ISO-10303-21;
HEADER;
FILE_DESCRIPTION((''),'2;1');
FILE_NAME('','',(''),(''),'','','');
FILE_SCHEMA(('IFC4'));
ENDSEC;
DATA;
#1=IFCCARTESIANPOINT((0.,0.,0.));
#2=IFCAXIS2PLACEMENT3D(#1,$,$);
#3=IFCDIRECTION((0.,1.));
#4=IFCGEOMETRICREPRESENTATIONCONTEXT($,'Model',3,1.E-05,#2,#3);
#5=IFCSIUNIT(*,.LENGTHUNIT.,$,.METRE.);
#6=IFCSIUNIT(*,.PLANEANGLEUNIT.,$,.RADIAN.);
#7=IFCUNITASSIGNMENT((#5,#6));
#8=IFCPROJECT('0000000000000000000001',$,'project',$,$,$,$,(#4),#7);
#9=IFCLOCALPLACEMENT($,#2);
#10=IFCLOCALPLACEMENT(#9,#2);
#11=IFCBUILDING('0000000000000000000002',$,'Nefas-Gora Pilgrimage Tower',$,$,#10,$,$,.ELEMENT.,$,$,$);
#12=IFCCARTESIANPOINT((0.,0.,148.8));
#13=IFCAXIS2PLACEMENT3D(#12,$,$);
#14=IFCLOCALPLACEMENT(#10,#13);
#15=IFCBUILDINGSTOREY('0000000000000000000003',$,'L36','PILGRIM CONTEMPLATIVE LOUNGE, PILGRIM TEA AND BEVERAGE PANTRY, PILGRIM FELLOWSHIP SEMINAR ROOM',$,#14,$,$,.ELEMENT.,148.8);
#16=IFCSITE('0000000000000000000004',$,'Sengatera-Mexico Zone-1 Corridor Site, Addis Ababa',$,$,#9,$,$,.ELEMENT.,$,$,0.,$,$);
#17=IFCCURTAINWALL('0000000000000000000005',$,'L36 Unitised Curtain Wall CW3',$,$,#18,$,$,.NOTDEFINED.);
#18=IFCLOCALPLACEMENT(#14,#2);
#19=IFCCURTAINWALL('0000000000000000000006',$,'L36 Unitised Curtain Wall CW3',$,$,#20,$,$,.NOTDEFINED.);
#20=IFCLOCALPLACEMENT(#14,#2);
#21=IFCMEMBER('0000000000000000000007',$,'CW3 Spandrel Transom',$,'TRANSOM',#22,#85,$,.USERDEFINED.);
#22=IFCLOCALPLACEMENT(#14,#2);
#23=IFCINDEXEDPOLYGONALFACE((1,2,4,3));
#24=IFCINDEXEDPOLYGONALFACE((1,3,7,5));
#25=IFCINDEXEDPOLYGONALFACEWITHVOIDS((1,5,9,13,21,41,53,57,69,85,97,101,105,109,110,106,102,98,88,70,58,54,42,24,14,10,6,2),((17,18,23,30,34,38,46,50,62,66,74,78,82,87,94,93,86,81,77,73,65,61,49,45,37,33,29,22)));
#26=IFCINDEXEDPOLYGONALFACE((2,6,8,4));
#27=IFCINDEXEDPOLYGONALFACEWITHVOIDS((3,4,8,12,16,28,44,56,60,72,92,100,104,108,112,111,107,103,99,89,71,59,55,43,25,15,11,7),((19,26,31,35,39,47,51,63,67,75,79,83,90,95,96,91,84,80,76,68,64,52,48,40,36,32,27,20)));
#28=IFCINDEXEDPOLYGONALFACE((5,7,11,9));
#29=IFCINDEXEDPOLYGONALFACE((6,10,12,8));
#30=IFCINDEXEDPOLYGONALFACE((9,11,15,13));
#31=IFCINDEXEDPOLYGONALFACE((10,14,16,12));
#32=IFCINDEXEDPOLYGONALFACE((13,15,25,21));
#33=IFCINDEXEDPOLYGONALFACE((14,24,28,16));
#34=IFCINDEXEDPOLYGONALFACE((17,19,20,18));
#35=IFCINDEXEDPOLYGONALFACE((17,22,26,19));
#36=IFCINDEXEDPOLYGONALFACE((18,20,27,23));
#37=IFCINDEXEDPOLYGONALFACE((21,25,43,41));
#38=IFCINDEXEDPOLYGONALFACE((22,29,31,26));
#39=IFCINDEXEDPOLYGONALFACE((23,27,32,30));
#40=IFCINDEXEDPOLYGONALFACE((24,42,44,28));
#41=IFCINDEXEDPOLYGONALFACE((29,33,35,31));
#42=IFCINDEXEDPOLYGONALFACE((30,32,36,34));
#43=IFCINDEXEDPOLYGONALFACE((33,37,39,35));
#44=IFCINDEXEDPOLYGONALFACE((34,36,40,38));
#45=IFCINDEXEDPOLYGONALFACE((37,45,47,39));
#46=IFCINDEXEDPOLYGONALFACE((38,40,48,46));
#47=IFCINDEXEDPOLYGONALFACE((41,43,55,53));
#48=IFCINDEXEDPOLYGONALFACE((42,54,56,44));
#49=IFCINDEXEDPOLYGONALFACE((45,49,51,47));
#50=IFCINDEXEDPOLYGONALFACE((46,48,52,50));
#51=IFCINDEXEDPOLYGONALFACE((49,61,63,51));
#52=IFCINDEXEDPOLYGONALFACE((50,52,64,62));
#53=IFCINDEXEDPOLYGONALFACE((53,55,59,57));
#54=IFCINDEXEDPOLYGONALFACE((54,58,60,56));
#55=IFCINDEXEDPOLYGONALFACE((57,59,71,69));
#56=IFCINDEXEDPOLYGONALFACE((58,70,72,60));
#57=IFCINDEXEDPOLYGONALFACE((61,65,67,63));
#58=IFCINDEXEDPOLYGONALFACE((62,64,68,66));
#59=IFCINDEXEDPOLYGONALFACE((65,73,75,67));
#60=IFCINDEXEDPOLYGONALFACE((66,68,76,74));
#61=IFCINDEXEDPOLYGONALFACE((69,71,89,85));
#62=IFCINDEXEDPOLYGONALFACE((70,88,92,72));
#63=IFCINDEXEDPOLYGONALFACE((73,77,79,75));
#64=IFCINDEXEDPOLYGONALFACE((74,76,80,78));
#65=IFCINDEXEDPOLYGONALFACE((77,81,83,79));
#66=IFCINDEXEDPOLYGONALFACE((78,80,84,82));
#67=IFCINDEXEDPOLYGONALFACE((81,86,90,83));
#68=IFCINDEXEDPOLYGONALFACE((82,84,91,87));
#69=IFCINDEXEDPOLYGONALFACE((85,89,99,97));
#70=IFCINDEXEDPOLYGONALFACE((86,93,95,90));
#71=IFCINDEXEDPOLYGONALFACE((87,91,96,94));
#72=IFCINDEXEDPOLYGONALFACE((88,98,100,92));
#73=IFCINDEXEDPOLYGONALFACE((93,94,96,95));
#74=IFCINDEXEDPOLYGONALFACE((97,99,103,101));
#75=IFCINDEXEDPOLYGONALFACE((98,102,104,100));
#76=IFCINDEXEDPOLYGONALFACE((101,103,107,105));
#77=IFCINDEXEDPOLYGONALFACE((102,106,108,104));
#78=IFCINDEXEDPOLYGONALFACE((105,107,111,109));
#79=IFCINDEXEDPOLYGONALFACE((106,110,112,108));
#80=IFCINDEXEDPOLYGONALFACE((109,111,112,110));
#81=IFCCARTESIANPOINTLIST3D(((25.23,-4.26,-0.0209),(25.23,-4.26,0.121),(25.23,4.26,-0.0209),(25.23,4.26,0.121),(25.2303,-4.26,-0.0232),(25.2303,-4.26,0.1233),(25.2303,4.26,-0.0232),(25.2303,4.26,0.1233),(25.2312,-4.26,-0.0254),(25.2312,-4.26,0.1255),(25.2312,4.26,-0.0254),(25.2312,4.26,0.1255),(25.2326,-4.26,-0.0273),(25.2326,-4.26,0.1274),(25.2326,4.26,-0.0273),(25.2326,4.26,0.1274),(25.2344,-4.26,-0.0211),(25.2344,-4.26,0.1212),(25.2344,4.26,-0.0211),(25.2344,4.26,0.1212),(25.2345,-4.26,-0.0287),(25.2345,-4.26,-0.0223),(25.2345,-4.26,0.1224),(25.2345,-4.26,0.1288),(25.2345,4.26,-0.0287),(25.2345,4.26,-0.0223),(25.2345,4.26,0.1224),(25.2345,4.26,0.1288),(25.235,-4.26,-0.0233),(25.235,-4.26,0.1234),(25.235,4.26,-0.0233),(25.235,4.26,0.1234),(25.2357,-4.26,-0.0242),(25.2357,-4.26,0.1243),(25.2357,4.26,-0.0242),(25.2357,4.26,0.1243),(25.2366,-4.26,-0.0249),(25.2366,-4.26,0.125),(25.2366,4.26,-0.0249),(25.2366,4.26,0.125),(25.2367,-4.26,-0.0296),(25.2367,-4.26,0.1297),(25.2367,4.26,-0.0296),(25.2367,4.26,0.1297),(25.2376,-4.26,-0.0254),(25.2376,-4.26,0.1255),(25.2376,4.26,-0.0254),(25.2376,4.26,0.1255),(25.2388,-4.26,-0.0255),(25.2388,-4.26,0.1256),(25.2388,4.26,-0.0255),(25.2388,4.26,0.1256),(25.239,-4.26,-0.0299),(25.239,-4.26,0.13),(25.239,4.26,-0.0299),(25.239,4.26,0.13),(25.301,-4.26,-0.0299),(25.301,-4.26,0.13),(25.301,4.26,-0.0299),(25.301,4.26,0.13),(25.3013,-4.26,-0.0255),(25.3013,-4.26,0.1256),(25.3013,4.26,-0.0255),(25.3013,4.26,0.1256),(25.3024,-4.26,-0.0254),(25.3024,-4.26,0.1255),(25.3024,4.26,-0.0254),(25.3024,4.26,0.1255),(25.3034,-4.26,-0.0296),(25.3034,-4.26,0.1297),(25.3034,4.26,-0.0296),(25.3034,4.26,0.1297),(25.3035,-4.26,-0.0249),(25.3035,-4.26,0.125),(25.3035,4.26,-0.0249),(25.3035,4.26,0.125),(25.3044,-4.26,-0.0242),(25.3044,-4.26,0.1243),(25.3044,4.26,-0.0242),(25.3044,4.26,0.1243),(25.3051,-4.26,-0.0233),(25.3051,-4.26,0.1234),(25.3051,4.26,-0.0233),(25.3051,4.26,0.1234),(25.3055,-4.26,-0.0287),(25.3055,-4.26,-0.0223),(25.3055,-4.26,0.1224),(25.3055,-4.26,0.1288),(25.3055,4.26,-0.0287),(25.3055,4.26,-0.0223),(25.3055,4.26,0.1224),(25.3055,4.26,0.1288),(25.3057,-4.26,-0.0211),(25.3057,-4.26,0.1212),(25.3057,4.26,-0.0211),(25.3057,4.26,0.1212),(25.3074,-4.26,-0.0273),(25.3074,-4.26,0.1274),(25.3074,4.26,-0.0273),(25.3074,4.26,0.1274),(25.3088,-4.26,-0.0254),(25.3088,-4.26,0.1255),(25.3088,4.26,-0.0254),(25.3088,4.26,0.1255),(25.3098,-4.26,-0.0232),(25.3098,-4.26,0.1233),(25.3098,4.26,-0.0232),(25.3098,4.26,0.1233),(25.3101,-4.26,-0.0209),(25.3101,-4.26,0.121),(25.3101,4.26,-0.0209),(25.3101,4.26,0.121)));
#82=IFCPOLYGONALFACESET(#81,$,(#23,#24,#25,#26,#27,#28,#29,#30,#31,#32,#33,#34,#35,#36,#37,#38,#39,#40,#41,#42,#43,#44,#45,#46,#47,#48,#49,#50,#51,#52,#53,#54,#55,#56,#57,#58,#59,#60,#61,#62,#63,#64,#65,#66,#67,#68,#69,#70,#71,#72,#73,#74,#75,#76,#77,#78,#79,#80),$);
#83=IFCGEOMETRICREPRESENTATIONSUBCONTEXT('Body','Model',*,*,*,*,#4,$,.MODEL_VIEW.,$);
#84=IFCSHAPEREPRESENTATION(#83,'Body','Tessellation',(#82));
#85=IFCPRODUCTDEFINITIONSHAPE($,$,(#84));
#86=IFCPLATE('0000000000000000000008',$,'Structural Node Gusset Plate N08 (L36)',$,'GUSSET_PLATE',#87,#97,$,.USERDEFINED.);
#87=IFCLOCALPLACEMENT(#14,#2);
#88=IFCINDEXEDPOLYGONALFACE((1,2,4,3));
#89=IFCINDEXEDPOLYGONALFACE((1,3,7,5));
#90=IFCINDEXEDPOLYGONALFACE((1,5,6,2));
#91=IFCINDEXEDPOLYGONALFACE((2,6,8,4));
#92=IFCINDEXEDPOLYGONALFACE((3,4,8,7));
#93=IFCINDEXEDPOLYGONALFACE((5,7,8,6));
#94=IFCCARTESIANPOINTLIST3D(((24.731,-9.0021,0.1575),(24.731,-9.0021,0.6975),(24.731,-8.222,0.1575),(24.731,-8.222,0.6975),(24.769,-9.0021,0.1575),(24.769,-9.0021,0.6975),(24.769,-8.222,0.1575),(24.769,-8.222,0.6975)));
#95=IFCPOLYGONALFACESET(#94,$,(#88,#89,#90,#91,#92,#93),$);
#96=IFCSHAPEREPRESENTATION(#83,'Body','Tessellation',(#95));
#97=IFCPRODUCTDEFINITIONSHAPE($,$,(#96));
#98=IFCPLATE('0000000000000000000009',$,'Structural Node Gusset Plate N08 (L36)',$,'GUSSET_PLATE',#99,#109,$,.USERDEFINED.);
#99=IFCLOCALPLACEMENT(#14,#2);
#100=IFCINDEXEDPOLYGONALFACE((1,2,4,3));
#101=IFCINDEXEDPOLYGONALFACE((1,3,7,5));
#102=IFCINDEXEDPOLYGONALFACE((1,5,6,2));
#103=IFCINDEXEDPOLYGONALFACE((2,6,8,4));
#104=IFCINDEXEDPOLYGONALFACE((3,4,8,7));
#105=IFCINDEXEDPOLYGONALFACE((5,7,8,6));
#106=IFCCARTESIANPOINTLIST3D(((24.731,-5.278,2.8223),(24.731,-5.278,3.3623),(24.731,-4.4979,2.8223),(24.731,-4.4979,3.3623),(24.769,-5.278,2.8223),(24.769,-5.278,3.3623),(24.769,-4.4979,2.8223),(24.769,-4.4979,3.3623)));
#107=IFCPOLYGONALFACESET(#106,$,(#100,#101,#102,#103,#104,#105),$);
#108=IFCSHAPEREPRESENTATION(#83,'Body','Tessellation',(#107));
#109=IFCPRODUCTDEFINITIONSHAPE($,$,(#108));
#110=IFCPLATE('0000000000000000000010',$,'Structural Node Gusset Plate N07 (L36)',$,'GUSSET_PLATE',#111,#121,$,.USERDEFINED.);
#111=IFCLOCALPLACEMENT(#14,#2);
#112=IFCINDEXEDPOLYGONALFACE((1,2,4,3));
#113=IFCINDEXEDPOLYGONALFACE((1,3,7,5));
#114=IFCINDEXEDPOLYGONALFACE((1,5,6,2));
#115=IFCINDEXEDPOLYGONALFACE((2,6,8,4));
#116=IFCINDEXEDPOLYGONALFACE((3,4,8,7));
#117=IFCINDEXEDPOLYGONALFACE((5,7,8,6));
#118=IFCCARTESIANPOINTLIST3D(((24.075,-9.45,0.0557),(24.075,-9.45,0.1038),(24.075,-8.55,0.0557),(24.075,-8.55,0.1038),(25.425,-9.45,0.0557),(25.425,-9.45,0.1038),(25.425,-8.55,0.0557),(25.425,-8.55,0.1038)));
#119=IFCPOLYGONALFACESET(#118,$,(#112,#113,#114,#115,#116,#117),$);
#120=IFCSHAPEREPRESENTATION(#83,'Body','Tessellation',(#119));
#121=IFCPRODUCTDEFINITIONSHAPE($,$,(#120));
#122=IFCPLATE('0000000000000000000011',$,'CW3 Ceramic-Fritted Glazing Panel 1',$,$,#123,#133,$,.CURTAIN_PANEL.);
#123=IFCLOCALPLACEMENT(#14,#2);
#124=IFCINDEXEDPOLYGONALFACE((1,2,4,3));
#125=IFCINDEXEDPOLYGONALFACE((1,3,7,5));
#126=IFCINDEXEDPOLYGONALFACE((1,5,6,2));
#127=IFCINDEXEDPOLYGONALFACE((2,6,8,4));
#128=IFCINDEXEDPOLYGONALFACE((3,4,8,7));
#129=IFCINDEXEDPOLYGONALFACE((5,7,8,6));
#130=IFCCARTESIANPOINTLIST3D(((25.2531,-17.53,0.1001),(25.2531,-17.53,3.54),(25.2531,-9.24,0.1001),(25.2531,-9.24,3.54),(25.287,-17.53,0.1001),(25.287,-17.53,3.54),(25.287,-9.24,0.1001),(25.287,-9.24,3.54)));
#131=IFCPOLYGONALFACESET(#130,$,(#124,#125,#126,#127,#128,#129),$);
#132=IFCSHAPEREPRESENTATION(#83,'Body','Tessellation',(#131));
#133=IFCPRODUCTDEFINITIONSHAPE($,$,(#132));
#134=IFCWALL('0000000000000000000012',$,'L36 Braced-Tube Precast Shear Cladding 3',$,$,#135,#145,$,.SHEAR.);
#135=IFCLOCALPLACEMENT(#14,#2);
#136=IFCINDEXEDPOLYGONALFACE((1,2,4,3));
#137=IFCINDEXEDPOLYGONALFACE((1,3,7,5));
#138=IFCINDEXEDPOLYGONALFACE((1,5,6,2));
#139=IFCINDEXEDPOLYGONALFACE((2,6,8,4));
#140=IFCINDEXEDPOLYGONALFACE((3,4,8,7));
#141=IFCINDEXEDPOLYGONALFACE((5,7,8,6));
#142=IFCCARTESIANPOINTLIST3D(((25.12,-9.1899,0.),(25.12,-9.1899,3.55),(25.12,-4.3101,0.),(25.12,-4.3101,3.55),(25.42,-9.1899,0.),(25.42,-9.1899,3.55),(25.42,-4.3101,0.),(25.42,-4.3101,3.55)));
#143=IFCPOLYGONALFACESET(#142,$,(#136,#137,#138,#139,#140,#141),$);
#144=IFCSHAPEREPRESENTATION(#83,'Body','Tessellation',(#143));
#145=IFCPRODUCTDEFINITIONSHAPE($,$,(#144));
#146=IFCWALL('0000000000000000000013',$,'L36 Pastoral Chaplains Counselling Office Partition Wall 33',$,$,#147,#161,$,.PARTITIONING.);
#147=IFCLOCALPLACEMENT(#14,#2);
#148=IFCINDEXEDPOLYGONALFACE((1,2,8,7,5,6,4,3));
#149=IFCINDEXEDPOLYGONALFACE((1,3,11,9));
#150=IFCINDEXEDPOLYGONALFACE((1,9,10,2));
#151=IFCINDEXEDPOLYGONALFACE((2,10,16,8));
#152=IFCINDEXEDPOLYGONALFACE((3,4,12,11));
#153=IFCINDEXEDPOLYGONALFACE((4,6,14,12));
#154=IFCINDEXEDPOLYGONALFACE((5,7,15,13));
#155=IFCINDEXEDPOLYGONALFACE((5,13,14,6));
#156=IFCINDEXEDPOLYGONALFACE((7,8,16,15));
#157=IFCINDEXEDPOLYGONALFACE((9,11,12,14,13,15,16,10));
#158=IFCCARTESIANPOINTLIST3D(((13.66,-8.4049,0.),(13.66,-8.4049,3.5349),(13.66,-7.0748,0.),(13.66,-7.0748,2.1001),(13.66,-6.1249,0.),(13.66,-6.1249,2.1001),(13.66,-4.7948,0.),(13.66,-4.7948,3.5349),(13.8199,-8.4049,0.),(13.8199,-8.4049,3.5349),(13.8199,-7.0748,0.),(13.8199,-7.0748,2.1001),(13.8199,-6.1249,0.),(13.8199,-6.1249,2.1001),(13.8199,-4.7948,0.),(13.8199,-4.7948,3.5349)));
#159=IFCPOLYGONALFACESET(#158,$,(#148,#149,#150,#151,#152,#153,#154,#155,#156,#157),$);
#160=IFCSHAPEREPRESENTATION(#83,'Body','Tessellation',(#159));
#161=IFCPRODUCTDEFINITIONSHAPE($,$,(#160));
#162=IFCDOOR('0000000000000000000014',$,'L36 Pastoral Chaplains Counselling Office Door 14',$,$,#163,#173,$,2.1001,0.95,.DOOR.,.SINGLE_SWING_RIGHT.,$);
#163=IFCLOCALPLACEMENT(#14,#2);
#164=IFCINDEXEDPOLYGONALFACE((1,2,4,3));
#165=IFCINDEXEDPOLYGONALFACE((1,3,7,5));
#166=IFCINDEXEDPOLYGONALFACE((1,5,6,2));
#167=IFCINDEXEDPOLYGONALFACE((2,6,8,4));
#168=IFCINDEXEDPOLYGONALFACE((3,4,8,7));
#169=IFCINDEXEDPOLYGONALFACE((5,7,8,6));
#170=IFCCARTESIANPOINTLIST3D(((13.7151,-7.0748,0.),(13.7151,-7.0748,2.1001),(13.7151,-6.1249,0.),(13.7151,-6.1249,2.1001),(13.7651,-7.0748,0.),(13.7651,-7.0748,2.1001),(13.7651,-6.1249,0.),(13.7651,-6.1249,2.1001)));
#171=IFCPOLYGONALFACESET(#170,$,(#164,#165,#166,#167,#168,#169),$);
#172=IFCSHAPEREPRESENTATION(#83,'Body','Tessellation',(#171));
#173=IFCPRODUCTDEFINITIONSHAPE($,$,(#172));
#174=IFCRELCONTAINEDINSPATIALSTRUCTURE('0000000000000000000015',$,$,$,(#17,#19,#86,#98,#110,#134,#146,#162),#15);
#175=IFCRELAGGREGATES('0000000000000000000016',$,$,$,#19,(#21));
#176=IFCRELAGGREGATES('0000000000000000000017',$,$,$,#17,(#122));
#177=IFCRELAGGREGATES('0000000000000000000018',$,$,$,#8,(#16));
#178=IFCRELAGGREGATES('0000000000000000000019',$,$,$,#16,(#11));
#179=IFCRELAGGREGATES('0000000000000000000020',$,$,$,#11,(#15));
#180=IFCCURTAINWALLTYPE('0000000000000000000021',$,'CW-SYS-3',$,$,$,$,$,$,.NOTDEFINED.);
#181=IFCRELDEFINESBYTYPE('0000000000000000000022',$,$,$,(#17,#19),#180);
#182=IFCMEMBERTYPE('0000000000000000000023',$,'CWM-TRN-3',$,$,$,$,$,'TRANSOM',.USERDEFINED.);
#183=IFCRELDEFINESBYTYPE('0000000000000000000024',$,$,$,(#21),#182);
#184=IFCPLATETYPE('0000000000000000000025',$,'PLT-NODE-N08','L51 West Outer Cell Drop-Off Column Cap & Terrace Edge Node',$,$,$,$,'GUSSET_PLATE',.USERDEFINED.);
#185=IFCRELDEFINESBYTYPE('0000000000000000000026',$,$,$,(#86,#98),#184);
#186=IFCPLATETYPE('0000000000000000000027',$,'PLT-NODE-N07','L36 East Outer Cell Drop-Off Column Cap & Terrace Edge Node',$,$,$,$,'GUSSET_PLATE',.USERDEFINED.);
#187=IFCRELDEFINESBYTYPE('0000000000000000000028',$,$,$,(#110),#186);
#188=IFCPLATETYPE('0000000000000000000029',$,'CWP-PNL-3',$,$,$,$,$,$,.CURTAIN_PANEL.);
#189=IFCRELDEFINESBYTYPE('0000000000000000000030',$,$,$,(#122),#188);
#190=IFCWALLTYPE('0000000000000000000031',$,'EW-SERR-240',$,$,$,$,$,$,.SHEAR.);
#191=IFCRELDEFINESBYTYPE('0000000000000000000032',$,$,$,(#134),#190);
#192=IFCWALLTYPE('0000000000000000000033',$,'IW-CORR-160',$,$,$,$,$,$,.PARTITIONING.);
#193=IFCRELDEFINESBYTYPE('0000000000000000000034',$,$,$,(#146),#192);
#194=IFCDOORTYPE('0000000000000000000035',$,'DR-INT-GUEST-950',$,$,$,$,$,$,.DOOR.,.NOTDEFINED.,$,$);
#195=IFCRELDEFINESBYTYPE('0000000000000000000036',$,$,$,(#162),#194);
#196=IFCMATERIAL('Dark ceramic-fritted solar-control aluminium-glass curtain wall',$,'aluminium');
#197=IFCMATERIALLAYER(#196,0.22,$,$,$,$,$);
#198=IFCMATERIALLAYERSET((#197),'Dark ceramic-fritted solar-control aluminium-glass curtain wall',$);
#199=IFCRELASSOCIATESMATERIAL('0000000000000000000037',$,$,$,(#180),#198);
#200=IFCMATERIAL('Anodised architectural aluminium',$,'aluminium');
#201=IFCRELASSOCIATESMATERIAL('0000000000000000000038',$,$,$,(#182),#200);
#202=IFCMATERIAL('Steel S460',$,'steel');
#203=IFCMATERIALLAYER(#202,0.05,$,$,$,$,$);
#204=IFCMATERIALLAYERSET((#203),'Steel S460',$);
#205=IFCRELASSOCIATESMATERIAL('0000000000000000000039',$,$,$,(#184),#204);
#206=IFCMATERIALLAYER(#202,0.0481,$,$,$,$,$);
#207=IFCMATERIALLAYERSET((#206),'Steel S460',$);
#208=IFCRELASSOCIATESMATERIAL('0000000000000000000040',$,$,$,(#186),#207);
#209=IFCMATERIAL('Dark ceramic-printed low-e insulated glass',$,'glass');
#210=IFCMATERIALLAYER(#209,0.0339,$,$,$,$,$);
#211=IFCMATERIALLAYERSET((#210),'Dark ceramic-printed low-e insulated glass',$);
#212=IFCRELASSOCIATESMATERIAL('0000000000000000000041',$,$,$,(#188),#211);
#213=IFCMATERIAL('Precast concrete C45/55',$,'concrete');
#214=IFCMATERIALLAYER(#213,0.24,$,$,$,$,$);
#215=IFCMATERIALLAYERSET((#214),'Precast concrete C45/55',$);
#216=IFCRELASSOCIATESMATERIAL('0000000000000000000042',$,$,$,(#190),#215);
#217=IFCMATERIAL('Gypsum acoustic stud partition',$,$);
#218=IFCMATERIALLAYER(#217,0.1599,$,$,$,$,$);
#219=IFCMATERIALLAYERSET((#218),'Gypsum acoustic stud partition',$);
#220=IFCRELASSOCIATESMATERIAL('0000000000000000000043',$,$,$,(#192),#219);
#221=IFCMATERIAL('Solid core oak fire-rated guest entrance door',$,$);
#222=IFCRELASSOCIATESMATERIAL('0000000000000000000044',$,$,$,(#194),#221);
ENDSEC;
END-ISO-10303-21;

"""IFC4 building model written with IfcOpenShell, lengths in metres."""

from ifc_helpers import new_model, si_unit, direction, frame, frame_2d, origin, origin_2d, place, context, subcontext, project, spatial, rectangle, hollow_rectangle, extrude, source, transform, mapped, material, layer, layer_set, material_profile, profile_set, type_object, element, fill, aggregate, save


model = new_model("IFC4")

# Units and contexts
model_context = context("Model", 3, precision=1e-05, world=origin(), true_north=direction((0.0, 1.0)))
body_context = subcontext(model_context, "Body", "Model", "MODEL_VIEW")
ifc_project = project(units=[si_unit("LENGTHUNIT", "METRE"), si_unit("PLANEANGLEUNIT", "RADIAN")], contexts=[model_context])

# Site, building, storey
site_placement = place(None, origin())
site = spatial("IfcSite", under=ifc_project, at=site_placement, Name="Sengatera-Mexico Zone-1 Corridor Site, Addis Ababa", CompositionType="ELEMENT", RefElevation=0.0)
building_placement = place(site_placement, origin())
building = spatial("IfcBuilding", under=site, at=building_placement, Name="Nefas-Gora Pilgrimage Tower", CompositionType="ELEMENT")
storey_placement = place(building_placement, frame((0.0, 0.0, 148.8)))
storey = spatial("IfcBuildingStorey", under=building, at=storey_placement, Name="L36", Description="PILGRIM CONTEMPLATIVE LOUNGE, PILGRIM TEA AND BEVERAGE PANTRY, PILGRIM FELLOWSHIP SEMINAR ROOM", CompositionType="ELEMENT", Elevation=148.8)

# Shared definitions
ifc_material_1 = material(Name="Steel S460", Category="steel")

# Curtain wall
ifc_material_2 = material(Name="Dark ceramic-fritted solar-control aluminium-glass curtain wall", Category="aluminium")
ifc_layer_1 = layer(ifc_material_2, 0.22)
ifc_layer_set_1 = layer_set([ifc_layer_1], Name="Dark ceramic-fritted solar-control aluminium-glass curtain wall")
curtain_wall_type = type_object("IfcCurtainWallType", Name="CW-SYS-3", PredefinedType="NOTDEFINED", material=ifc_layer_set_1)
curtain_wall_1_placement = place(storey_placement, origin())
curtain_wall_1 = element("IfcCurtainWall", 1, at=curtain_wall_1_placement, inside=storey, type_object=curtain_wall_type, Name="L36 Unitised Curtain Wall CW3", PredefinedType="NOTDEFINED")
ifc_material_3 = material(Name="Anodised architectural aluminium", Category="aluminium")

# Curtain wall, member
curtain_wall_2_placement = place(storey_placement, origin())
curtain_wall_2 = element("IfcCurtainWall", 2, at=curtain_wall_2_placement, inside=storey, type_object=curtain_wall_type, Name="L36 Unitised Curtain Wall CW3", PredefinedType="NOTDEFINED")
ifc_material_profile_1 = material_profile(ifc_material_3, hollow_rectangle(XDim=0.0801, YDim=0.1599, WallThickness=0.0044, InnerFilletRadius=0.0044, OuterFilletRadius=0.009, at=origin_2d()), Name="ALU TRANSOM 80x160")
ifc_profile_set_1 = profile_set([ifc_material_profile_1], Name="Anodised architectural aluminium")
member_type_1 = type_object("IfcMemberType", Name="CWM-TRN-3", ElementType="TRANSOM", PredefinedType="USERDEFINED", material=ifc_profile_set_1)
shared_shape_1 = source(origin(), body_context, "Body", "SweptSolid", [
    extrude(hollow_rectangle(XDim=0.0801, YDim=0.1599, WallThickness=0.0044, InnerFilletRadius=0.0044, OuterFilletRadius=0.009, at=origin_2d()), origin(), (0.0, 0.0, 1.0), 8.52),
])
member_1_placement = place(storey_placement, frame((25.27, -4.26, 0.05), z_axis=(0.0, 1.0, 0.0), x_axis=(-1.0, 0.0, 0.0)))
member_1 = element("IfcMember", 3, at=member_1_placement, type_object=member_type_1, Name="CW3 Spandrel Transom", ObjectType="TRANSOM", PredefinedType="USERDEFINED", context=body_context, shape_type="MappedRepresentation", body=[
    mapped(shared_shape_1, transform((0.0, 0.0, 0.0), x_axis=(1.0, 0.0, 0.0), y_axis=(0.0, 1.0, 0.0), z_axis=(0.0, 0.0, 1.0), scale=1.0)),
])
aggregate(curtain_wall_2, [member_1])

# Plates
ifc_layer_2 = layer(ifc_material_1, 0.05)
ifc_layer_set_2 = layer_set([ifc_layer_2], Name="Steel S460")
plate_type_1 = type_object("IfcPlateType", Name="PLT-NODE-N08", Description="L51 West Outer Cell Drop-Off Column Cap & Terrace Edge Node", ElementType="GUSSET_PLATE", PredefinedType="USERDEFINED", material=ifc_layer_set_2)
shared_shape_2 = source(origin(), body_context, "Body", "SweptSolid", [
    extrude(rectangle(XDim=0.78, YDim=0.0381, at=origin_2d()), origin(), (0.0, 0.0, 1.0), 0.54),
])
for number, where, z_axis, x_axis, name in (
    (4, (24.75, -8.6121, 0.1575), (0.0, 0.0, 1.0), (0.0, 1.0, 0.0), "Structural Node Gusset Plate N08 (L36)"),
    (5, (24.75, -4.8879, 2.8223), (0.0, 0.0, 1.0), (0.0, 1.0, 0.0), "Structural Node Gusset Plate N08 (L36)"),
):
    element("IfcPlate", number, at=place(storey_placement, frame(where, z_axis=z_axis, x_axis=x_axis)), inside=storey, type_object=plate_type_1, Name=name, ObjectType="GUSSET_PLATE", PredefinedType="USERDEFINED", context=body_context, shape_type="MappedRepresentation", body=[
        mapped(shared_shape_2, transform((0.0, 0.0, 0.0), x_axis=(1.0, 0.0, 0.0), y_axis=(0.0, 1.0, 0.0), z_axis=(0.0, 0.0, 1.0), scale=1.0)),
    ])
ifc_layer_3 = layer(ifc_material_1, 0.0481)
ifc_layer_set_3 = layer_set([ifc_layer_3], Name="Steel S460")
plate_type_2 = type_object("IfcPlateType", Name="PLT-NODE-N07", Description="L36 East Outer Cell Drop-Off Column Cap & Terrace Edge Node", ElementType="GUSSET_PLATE", PredefinedType="USERDEFINED", material=ifc_layer_set_3)
shared_shape_3 = source(origin(), body_context, "Body", "SweptSolid", [
    extrude(rectangle(XDim=1.3501, YDim=0.8999, at=origin_2d()), origin(), (0.0, 0.0, 1.0), 0.0481),
])
plate_1_placement = place(storey_placement, frame((24.75, -9.0, 0.0557), z_axis=(0.0, 0.0, 1.0), x_axis=(1.0, 0.0, 0.0)))
element("IfcPlate", 6, at=plate_1_placement, inside=storey, type_object=plate_type_2, Name="Structural Node Gusset Plate N07 (L36)", ObjectType="GUSSET_PLATE", PredefinedType="USERDEFINED", context=body_context, shape_type="MappedRepresentation", body=[
    mapped(shared_shape_3, transform((0.0, 0.0, 0.0), x_axis=(1.0, 0.0, 0.0), y_axis=(0.0, 1.0, 0.0), z_axis=(0.0, 0.0, 1.0), scale=1.0)),
])

# Plate
ifc_material_4 = material(Name="Dark ceramic-printed low-e insulated glass", Category="glass")
ifc_layer_4 = layer(ifc_material_4, 0.0339)
ifc_layer_set_4 = layer_set([ifc_layer_4], Name="Dark ceramic-printed low-e insulated glass")
plate_type_3 = type_object("IfcPlateType", Name="CWP-PNL-3", PredefinedType="CURTAIN_PANEL", material=ifc_layer_set_4)
shared_shape_4 = source(origin(), body_context, "Body", "SweptSolid", [
    extrude(rectangle(XDim=8.29, YDim=0.0339, at=origin_2d()), origin(), (0.0, 0.0, 1.0), 3.4399),
])
plate_2_placement = place(storey_placement, frame((25.27, -13.385, 0.1001), z_axis=(0.0, 0.0, 1.0), x_axis=(0.0, 1.0, 0.0)))
plate_2 = element("IfcPlate", 7, at=plate_2_placement, type_object=plate_type_3, Name="CW3 Ceramic-Fritted Glazing Panel 1", PredefinedType="CURTAIN_PANEL", context=body_context, shape_type="MappedRepresentation", body=[
    mapped(shared_shape_4, transform((0.0, 0.0, 0.0), x_axis=(1.0, 0.0, 0.0), y_axis=(0.0, 1.0, 0.0), z_axis=(0.0, 0.0, 1.0), scale=1.0)),
])
aggregate(curtain_wall_1, [plate_2])

# Wall
ifc_material_5 = material(Name="Precast concrete C45/55", Category="concrete")
ifc_layer_5 = layer(ifc_material_5, 0.24)
ifc_layer_set_5 = layer_set([ifc_layer_5], Name="Precast concrete C45/55")
wall_type_1 = type_object("IfcWallType", Name="EW-SERR-240", PredefinedType="SHEAR", material=ifc_layer_set_5)
shared_shape_5 = source(origin(), body_context, "Body", "SweptSolid", [
    extrude(rectangle(XDim=4.8799, YDim=0.3, at=frame_2d((2.4399, 0.0))), origin(), (0.0, 0.0, 1.0), 3.55),
])
wall_1_placement = place(storey_placement, frame((25.27, -9.1899, 0.0), z_axis=(0.0, 0.0, 1.0), x_axis=(0.0, 1.0, 0.0)))
element("IfcWall", 8, at=wall_1_placement, inside=storey, type_object=wall_type_1, Name="L36 Braced-Tube Precast Shear Cladding 3", PredefinedType="SHEAR", context=body_context, shape_type="MappedRepresentation", body=[
    mapped(shared_shape_5, transform((0.0, 0.0, 0.0), x_axis=(1.0, 0.0, 0.0), y_axis=(0.0, 1.0, 0.0), z_axis=(0.0, 0.0, 1.0), scale=1.0)),
])

# Wall, opening, door
ifc_material_6 = material(Name="Gypsum acoustic stud partition")
ifc_layer_6 = layer(ifc_material_6, 0.1599)
ifc_layer_set_6 = layer_set([ifc_layer_6], Name="Gypsum acoustic stud partition")
wall_type_2 = type_object("IfcWallType", Name="IW-CORR-160", PredefinedType="PARTITIONING", material=ifc_layer_set_6)
shared_shape_6 = source(origin(), body_context, "Body", "SweptSolid", [
    extrude(rectangle(XDim=3.6101, YDim=0.1599, at=frame_2d((1.8052, 0.0))), origin(), (0.0, 0.0, 1.0), 3.5349),
])
wall_2_placement = place(storey_placement, frame((13.74, -8.405, 0.0), z_axis=(0.0, 0.0, 1.0), x_axis=(0.0, 1.0, 0.0)))
wall_2 = element("IfcWall", 9, at=wall_2_placement, inside=storey, type_object=wall_type_2, Name="L36 Pastoral Chaplains Counselling Office Partition Wall 33", PredefinedType="PARTITIONING", context=body_context, shape_type="MappedRepresentation", body=[
    mapped(shared_shape_6, transform((0.0, 0.0, 0.0), x_axis=(1.0, 0.0, 0.0), y_axis=(0.0, 1.0, 0.0), z_axis=(0.0, 0.0, 1.0), scale=1.0)),
])
opening_1_placement = place(wall_2_placement, frame((1.3301, 0.0, 0.0)))
opening_1 = element("IfcOpeningElement", 10, at=opening_1_placement, cuts=wall_2, PredefinedType="OPENING", context=body_context, shape_type="SweptSolid", body=[
    extrude(rectangle(XDim=0.95, YDim=2.1001, at=frame_2d((0.4751, 1.05))), frame((0.0, 0.0898, 0.0), z_axis=(0.0, -1.0, 0.0), x_axis=(1.0, 0.0, 0.0)), (0.0, 0.0, 1.0), 0.1799),
])
ifc_material_7 = material(Name="Solid core oak fire-rated guest entrance door")
door_type_1 = type_object("IfcDoorType", Name="DR-INT-GUEST-950", OperationType="NOTDEFINED", PredefinedType="DOOR", material=ifc_material_7)
shared_shape_7 = source(origin(), body_context, "Body", "SweptSolid", [
    extrude(rectangle(XDim=0.95, YDim=2.1001, at=frame_2d((0.4751, 1.05))), frame((0.0, 0.0249, 0.0), z_axis=(0.0, -1.0, 0.0), x_axis=(1.0, 0.0, 0.0)), (0.0, 0.0, 1.0), 0.05),
])
door_1_placement = place(opening_1_placement, origin())
door_1 = element("IfcDoor", 11, at=door_1_placement, inside=storey, type_object=door_type_1, Name="L36 Pastoral Chaplains Counselling Office Door 14", OperationType="SINGLE_SWING_RIGHT", OverallHeight=2.1001, OverallWidth=0.95, PredefinedType="DOOR", context=body_context, shape_type="MappedRepresentation", body=[
    mapped(shared_shape_7, transform((0.0, 0.0, 0.0), x_axis=(1.0, 0.0, 0.0), y_axis=(0.0, 1.0, 0.0), z_axis=(0.0, 0.0, 1.0), scale=1.0)),
])
fill(opening_1, door_1)

save(model, "model.ifc")
